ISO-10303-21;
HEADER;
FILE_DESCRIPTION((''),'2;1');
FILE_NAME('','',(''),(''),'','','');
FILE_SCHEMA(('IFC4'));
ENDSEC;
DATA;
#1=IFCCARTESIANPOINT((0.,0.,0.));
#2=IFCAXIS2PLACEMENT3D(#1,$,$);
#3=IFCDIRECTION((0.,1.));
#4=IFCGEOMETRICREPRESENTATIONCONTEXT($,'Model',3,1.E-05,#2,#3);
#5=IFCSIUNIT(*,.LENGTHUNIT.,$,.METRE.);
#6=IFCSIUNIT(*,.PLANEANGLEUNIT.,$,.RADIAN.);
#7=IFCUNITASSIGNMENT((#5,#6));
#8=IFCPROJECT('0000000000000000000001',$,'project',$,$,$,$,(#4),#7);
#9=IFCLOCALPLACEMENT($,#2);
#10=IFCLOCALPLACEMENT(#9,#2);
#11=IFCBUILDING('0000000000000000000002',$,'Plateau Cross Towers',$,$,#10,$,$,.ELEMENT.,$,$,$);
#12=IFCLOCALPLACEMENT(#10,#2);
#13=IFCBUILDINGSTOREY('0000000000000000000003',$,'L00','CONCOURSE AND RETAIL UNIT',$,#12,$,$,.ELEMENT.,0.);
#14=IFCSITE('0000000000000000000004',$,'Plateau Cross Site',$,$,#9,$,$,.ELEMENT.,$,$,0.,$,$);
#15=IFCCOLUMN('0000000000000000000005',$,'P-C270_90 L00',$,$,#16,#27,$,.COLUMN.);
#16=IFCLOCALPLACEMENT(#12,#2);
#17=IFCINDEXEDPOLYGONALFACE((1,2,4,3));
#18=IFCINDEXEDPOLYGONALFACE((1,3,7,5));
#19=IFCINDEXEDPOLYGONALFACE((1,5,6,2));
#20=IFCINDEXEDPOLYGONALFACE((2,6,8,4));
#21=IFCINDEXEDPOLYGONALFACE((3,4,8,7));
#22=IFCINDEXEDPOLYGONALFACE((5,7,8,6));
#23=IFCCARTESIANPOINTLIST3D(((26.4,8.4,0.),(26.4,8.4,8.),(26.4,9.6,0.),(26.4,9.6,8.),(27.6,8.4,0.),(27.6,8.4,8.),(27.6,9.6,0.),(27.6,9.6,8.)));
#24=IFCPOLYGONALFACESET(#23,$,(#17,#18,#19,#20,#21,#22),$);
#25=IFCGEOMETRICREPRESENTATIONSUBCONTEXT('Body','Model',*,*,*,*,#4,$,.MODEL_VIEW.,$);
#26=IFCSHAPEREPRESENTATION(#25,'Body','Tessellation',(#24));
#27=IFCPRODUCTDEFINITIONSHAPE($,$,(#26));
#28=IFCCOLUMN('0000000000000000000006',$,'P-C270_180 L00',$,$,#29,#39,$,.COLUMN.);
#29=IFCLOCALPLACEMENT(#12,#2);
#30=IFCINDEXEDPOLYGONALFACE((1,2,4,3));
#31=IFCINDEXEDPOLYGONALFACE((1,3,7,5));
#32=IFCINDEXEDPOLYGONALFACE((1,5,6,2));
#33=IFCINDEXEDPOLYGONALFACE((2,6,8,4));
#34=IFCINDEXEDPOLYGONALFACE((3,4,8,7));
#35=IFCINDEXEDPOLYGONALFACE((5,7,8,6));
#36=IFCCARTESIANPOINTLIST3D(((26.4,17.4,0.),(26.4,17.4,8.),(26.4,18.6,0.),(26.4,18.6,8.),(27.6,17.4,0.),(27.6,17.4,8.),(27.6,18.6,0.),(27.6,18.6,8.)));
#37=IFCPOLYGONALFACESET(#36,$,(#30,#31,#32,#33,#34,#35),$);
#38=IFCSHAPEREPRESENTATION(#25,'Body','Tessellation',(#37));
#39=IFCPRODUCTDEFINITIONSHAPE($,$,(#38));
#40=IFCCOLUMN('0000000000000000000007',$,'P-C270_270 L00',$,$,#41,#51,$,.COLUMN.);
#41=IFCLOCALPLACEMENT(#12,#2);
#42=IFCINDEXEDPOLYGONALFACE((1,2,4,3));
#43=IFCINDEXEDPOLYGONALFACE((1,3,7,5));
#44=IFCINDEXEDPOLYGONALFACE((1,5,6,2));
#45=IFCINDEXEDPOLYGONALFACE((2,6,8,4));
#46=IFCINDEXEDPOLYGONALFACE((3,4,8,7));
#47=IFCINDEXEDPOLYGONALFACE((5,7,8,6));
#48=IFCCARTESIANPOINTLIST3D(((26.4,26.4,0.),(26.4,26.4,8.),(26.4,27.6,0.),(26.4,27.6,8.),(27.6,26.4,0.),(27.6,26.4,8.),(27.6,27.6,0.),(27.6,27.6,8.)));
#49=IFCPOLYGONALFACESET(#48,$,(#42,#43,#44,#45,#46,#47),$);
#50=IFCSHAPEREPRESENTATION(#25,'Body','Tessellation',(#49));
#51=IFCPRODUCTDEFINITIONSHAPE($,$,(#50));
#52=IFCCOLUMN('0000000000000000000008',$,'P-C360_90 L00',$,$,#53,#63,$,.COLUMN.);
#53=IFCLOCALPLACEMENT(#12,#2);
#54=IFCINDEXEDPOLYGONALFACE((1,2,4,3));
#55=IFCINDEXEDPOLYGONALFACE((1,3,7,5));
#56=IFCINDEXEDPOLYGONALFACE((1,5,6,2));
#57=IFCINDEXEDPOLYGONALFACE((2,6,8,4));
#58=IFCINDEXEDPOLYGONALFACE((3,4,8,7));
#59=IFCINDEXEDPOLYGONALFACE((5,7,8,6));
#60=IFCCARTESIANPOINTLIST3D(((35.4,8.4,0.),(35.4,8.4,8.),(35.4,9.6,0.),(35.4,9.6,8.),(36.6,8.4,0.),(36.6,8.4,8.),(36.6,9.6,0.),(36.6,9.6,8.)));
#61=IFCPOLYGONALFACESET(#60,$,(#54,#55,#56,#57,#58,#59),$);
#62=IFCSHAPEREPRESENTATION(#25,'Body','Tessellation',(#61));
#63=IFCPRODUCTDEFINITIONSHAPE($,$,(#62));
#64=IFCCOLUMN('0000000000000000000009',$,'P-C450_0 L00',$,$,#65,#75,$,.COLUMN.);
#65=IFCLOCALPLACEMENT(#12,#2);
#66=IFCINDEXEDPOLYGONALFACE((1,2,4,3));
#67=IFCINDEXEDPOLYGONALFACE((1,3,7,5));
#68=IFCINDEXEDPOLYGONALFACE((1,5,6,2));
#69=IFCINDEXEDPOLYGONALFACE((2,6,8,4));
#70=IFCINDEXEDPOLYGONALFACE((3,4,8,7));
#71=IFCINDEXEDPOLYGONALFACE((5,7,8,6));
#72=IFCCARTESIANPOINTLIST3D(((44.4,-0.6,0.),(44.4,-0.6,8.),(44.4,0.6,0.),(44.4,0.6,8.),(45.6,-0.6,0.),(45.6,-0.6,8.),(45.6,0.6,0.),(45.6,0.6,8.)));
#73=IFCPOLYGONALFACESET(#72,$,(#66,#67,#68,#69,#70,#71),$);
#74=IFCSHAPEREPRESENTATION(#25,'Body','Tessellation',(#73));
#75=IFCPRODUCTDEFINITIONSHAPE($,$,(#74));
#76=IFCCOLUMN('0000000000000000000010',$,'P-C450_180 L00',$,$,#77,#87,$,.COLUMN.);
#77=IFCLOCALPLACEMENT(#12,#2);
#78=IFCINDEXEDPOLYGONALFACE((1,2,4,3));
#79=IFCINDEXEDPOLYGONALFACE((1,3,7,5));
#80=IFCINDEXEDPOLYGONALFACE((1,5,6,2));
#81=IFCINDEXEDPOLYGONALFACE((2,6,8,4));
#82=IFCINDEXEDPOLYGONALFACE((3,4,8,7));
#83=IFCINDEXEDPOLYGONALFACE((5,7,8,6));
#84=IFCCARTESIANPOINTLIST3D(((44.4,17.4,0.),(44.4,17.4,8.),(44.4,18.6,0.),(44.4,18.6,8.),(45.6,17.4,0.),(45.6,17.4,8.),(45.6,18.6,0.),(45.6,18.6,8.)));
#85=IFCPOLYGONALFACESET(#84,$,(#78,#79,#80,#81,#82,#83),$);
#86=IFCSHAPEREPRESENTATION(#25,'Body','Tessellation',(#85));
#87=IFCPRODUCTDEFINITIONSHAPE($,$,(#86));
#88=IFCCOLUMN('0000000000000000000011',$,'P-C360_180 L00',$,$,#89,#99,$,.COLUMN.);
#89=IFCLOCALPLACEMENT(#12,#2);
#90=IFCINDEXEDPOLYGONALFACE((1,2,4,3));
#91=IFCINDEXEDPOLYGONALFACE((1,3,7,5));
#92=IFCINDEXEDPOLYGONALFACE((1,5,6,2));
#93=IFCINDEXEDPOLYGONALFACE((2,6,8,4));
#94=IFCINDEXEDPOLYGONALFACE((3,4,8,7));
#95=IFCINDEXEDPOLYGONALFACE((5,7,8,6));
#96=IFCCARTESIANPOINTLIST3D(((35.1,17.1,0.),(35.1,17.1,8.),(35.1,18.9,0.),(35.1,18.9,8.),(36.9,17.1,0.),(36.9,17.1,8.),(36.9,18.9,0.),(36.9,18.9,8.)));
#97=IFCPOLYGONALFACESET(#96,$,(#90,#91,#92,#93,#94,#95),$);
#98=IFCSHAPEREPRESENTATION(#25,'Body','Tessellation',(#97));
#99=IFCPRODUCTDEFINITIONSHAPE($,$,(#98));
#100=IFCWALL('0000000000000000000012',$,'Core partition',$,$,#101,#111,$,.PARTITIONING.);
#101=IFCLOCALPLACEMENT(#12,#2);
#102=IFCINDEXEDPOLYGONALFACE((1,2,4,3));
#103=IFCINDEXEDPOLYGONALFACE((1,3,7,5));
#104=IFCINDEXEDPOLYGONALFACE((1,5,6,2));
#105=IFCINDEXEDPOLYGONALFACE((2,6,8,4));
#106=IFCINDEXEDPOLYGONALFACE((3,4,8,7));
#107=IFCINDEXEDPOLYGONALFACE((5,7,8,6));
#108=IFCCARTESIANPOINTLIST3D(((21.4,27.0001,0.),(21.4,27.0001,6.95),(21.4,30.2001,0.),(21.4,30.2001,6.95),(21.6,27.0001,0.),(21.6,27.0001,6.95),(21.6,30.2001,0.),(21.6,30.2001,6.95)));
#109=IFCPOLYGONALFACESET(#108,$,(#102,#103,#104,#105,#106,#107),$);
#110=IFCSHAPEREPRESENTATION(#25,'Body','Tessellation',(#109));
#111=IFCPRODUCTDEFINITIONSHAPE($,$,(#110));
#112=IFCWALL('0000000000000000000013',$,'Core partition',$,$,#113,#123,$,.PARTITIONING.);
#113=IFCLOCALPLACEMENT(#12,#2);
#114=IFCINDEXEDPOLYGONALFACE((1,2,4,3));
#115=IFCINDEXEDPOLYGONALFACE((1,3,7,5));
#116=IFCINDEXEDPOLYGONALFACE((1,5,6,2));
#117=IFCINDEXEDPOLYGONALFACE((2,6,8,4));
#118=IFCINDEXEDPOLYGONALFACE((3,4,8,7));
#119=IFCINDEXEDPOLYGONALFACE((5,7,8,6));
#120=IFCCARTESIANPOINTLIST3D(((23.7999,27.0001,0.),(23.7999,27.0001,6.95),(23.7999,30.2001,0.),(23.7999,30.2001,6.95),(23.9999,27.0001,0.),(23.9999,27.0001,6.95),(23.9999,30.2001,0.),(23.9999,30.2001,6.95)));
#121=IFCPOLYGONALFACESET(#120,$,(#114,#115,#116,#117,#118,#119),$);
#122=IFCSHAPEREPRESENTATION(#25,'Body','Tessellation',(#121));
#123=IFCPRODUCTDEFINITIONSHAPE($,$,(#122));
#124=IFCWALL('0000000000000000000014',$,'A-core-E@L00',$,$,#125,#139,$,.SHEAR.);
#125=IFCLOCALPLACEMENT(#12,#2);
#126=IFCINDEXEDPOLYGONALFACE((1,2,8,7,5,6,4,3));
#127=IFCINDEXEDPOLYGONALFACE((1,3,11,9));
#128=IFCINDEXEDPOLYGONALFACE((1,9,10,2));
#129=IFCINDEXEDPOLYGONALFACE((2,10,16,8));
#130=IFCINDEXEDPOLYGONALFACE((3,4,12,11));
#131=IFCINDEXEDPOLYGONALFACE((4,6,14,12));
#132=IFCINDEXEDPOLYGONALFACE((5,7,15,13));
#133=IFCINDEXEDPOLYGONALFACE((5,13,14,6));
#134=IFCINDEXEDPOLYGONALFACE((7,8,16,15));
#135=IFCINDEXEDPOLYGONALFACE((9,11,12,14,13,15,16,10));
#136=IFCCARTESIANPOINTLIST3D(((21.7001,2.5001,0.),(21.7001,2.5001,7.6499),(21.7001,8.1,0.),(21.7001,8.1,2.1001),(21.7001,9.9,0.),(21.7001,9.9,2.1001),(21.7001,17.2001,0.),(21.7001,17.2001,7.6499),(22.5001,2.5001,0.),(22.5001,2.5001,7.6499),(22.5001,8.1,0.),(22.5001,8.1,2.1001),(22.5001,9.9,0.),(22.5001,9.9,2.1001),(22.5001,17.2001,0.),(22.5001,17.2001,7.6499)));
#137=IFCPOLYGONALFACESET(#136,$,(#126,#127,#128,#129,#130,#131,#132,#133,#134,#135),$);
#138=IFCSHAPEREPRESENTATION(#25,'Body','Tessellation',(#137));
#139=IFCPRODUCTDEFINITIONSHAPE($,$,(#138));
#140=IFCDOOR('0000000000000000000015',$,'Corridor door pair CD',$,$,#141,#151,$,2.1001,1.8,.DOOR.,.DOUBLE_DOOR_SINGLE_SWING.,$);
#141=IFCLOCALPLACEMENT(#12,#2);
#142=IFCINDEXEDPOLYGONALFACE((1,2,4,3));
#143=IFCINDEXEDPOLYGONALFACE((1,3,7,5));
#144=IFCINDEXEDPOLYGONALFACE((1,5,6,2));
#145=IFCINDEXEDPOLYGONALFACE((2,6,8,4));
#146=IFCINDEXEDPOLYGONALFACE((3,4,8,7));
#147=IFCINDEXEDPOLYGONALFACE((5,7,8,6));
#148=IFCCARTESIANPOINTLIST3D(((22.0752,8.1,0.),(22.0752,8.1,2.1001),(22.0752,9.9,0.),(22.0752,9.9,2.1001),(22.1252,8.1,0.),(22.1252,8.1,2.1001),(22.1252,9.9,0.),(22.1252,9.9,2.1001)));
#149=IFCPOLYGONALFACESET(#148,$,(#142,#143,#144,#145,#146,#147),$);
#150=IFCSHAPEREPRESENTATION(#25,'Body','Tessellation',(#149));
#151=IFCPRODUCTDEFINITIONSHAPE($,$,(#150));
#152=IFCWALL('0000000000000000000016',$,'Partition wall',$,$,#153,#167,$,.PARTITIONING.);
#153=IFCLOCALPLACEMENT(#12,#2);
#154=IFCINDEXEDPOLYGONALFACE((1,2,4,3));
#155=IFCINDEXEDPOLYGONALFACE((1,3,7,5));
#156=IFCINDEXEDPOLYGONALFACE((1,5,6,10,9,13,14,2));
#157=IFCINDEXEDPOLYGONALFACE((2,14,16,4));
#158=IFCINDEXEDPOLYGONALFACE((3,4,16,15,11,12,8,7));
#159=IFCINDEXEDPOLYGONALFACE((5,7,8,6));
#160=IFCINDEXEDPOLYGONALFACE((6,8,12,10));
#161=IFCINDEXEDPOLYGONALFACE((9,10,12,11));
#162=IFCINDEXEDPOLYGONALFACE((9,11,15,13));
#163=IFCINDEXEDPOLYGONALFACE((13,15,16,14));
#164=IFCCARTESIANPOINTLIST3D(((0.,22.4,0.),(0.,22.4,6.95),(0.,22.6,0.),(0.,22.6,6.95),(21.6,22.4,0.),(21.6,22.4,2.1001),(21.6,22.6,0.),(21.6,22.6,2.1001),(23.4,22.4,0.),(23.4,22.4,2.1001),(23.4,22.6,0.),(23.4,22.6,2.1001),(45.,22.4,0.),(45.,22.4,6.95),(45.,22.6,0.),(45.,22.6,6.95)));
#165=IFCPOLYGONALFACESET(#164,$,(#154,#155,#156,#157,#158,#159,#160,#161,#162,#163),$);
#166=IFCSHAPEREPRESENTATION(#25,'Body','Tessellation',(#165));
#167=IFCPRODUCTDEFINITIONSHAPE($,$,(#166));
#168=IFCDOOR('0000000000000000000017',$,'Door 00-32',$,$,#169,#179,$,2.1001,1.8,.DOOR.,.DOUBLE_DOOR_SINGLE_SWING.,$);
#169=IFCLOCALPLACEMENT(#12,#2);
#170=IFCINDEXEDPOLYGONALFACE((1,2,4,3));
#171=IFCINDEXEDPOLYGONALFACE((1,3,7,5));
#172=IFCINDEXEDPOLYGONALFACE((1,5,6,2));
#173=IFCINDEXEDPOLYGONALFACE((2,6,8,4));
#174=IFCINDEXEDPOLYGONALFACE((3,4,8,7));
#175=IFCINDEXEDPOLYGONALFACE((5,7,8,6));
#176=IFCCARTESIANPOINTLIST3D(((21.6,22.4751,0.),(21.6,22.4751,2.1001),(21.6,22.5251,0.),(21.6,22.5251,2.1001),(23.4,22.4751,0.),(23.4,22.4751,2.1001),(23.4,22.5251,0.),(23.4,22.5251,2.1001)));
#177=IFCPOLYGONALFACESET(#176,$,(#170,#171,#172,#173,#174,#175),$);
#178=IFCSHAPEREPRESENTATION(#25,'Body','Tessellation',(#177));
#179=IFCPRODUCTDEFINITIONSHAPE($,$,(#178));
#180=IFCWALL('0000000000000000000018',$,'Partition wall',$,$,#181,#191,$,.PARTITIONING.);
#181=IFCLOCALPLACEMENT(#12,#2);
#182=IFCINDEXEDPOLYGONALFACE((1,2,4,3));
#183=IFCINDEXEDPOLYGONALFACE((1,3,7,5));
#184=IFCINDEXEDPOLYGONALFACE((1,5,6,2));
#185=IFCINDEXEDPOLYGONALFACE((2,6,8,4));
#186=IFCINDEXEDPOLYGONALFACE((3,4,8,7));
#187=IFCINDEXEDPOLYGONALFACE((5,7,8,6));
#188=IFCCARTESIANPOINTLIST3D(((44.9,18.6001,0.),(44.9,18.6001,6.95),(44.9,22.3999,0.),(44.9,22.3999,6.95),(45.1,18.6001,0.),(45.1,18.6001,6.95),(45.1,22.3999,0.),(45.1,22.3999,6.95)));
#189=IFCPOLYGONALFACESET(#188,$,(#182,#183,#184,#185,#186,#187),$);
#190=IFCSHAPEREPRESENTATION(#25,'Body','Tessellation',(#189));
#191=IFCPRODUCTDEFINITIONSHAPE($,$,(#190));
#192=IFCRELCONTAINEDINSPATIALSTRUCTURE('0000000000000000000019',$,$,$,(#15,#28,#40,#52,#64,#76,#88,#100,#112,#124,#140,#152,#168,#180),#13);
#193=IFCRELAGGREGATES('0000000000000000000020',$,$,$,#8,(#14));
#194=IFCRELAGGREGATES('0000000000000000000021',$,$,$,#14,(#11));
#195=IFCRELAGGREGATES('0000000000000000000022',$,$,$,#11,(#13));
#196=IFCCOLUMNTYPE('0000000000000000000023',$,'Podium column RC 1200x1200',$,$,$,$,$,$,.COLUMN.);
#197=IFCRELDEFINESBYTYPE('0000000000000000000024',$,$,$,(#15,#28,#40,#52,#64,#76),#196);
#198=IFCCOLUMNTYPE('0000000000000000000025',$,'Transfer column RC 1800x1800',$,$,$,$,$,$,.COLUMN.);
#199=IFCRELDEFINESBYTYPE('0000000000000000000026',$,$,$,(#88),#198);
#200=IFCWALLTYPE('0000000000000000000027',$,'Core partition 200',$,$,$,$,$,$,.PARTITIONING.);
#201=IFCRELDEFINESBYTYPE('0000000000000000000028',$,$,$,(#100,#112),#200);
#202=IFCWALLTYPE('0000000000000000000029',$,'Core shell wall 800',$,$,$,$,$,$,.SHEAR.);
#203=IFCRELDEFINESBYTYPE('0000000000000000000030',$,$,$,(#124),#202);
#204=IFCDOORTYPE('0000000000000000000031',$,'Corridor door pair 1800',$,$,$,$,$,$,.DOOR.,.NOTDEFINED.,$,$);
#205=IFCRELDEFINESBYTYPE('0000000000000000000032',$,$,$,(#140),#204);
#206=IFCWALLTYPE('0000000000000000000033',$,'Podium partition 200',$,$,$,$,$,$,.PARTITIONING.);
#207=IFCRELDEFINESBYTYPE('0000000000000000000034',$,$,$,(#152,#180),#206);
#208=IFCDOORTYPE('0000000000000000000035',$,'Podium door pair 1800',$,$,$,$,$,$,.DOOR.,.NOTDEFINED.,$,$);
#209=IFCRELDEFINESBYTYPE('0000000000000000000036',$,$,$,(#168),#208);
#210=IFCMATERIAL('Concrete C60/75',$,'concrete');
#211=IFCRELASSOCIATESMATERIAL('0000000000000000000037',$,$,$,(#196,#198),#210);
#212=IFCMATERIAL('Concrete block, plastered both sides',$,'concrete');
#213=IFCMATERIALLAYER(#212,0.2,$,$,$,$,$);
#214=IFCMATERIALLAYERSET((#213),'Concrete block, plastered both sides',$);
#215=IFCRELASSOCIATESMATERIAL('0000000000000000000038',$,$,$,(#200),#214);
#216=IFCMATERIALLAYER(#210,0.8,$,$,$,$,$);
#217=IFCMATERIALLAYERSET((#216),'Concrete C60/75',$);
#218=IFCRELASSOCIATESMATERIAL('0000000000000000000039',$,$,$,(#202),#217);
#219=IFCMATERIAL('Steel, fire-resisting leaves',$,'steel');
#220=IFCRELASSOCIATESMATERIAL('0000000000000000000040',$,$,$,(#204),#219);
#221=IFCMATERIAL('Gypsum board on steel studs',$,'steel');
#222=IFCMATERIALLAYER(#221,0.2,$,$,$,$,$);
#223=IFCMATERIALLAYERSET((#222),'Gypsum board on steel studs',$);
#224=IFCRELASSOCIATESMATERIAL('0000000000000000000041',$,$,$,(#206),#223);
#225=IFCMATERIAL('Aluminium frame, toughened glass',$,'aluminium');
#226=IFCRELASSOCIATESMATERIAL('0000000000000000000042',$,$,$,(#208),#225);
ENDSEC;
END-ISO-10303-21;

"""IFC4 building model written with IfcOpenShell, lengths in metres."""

from ifc_helpers import new_model, si_unit, direction, frame, frame_2d, origin, origin_2d, place, context, subcontext, project, spatial, rectangle, extrude, material, layer, layer_set, material_profile, profile_set, type_object, element, fill, save


model = new_model("IFC4")

# Units and contexts
model_context = context("Model", 3, precision=1e-05, world=origin(), true_north=direction((0.0, 1.0)))
body_context = subcontext(model_context, "Body", "Model", "MODEL_VIEW")
ifc_project = project(units=[si_unit("LENGTHUNIT", "METRE"), si_unit("PLANEANGLEUNIT", "RADIAN")], contexts=[model_context])

# Site, building, storey
site_placement = place(None, origin())
site = spatial("IfcSite", under=ifc_project, at=site_placement, Name="Plateau Cross Site", CompositionType="ELEMENT", RefElevation=0.0)
building_placement = place(site_placement, origin())
building = spatial("IfcBuilding", under=site, at=building_placement, Name="Plateau Cross Towers", CompositionType="ELEMENT")
storey_placement = place(building_placement, origin())
storey = spatial("IfcBuildingStorey", under=building, at=storey_placement, Name="L00", Description="CONCOURSE AND RETAIL UNIT", CompositionType="ELEMENT", Elevation=0.0)

# Columns
ifc_material_1 = material(Name="Concrete C60/75", Category="concrete")
ifc_material_profile_1 = material_profile(ifc_material_1, rectangle(XDim=1.2, YDim=1.2, at=origin_2d()), Name="RC 1200x1200")
ifc_profile_set_1 = profile_set([ifc_material_profile_1], Name="Concrete C60/75")
column_type_1 = type_object("IfcColumnType", Name="Podium column RC 1200x1200", PredefinedType="COLUMN", material=ifc_profile_set_1)
for number, where, z_axis, x_axis, name in (
    (1, (27.0, 9.0, 0.0), (0.0, 0.0, 1.0), (1.0, 0.0, 0.0), "P-C270_90 L00"),
    (2, (27.0, 18.0, 0.0), (0.0, 0.0, 1.0), (1.0, 0.0, 0.0), "P-C270_180 L00"),
    (3, (27.0, 27.0, 0.0), (0.0, 0.0, 1.0), (1.0, 0.0, 0.0), "P-C270_270 L00"),
    (4, (36.0, 9.0, 0.0), (0.0, 0.0, 1.0), (1.0, 0.0, 0.0), "P-C360_90 L00"),
    (5, (45.0, 0.0, 0.0), (0.0, 0.0, 1.0), (1.0, 0.0, 0.0), "P-C450_0 L00"),
    (6, (45.0, 18.0, 0.0), (0.0, 0.0, 1.0), (1.0, 0.0, 0.0), "P-C450_180 L00"),
):
    element("IfcColumn", number, at=place(storey_placement, frame(where, z_axis=z_axis, x_axis=x_axis)), inside=storey, type_object=column_type_1, Name=name, PredefinedType="COLUMN", context=body_context, shape_type="SweptSolid", body=[
        extrude(rectangle(XDim=1.2, YDim=1.2, at=origin_2d()), origin(), (0.0, 0.0, 1.0), 8.0),
    ])
ifc_material_profile_2 = material_profile(ifc_material_1, rectangle(XDim=1.8, YDim=1.8, at=origin_2d()), Name="RC 1800x1800")
ifc_profile_set_2 = profile_set([ifc_material_profile_2], Name="Concrete C60/75")
column_type_2 = type_object("IfcColumnType", Name="Transfer column RC 1800x1800", PredefinedType="COLUMN", material=ifc_profile_set_2)
column_placement = place(storey_placement, frame((36.0, 18.0, 0.0), z_axis=(0.0, 0.0, 1.0), x_axis=(1.0, 0.0, 0.0)))
element("IfcColumn", 7, at=column_placement, inside=storey, type_object=column_type_2, Name="P-C360_180 L00", PredefinedType="COLUMN", context=body_context, shape_type="SweptSolid", body=[
    extrude(rectangle(XDim=1.8, YDim=1.8, at=origin_2d()), origin(), (0.0, 0.0, 1.0), 8.0),
])

# Walls
ifc_material_2 = material(Name="Concrete block, plastered both sides", Category="concrete")
ifc_layer_1 = layer(ifc_material_2, 0.2)
ifc_layer_set_1 = layer_set([ifc_layer_1], Name="Concrete block, plastered both sides")
wall_type_1 = type_object("IfcWallType", Name="Core partition 200", PredefinedType="PARTITIONING", material=ifc_layer_set_1)
for number, where, z_axis, x_axis, name in (
    (8, (21.5, 27.0, 0.0), (0.0, 0.0, 1.0), (0.0, 1.0, 0.0), "Core partition"),
    (9, (23.8999, 27.0, 0.0), (0.0, 0.0, 1.0), (0.0, 1.0, 0.0), "Core partition"),
):
    element("IfcWall", number, at=place(storey_placement, frame(where, z_axis=z_axis, x_axis=x_axis)), inside=storey, type_object=wall_type_1, Name=name, PredefinedType="PARTITIONING", context=body_context, shape_type="SweptSolid", body=[
        extrude(rectangle(XDim=3.2, YDim=0.2, at=frame_2d((1.6001, 0.0))), origin(), (0.0, 0.0, 1.0), 6.95),
    ])

# Walls, openings, doors
ifc_layer_2 = layer(ifc_material_1, 0.8)
ifc_layer_set_2 = layer_set([ifc_layer_2], Name="Concrete C60/75")
wall_type_2 = type_object("IfcWallType", Name="Core shell wall 800", PredefinedType="SHEAR", material=ifc_layer_set_2)
wall_1_placement = place(storey_placement, frame((22.1001, 2.5, 0.0), z_axis=(0.0, 0.0, 1.0), x_axis=(0.0, 1.0, 0.0)))
wall_1 = element("IfcWall", 10, at=wall_1_placement, inside=storey, type_object=wall_type_2, Name="A-core-E@L00", PredefinedType="SHEAR", context=body_context, shape_type="SweptSolid", body=[
    extrude(rectangle(XDim=14.7, YDim=0.8, at=frame_2d((7.3501, 0.0))), origin(), (0.0, 0.0, 1.0), 7.6499),
])
opening_1_placement = place(wall_1_placement, frame((5.6001, 0.0, 0.0)))
opening_1 = element("IfcOpeningElement", 11, at=opening_1_placement, cuts=wall_1, PredefinedType="OPENING", context=body_context, shape_type="SweptSolid", body=[
    extrude(rectangle(XDim=1.8, YDim=2.1001, at=frame_2d((0.8999, 1.05))), frame((0.0, 0.4099, 0.0), z_axis=(0.0, -1.0, 0.0), x_axis=(1.0, 0.0, 0.0)), (0.0, 0.0, 1.0), 0.8201),
])
ifc_material_3 = material(Name="Steel, fire-resisting leaves", Category="steel")
door_type_1 = type_object("IfcDoorType", Name="Corridor door pair 1800", OperationType="NOTDEFINED", PredefinedType="DOOR", material=ifc_material_3)
door_1_placement = place(opening_1_placement, origin())
door_1 = element("IfcDoor", 12, at=door_1_placement, inside=storey, type_object=door_type_1, Name="Corridor door pair CD", OperationType="DOUBLE_DOOR_SINGLE_SWING", OverallHeight=2.1001, OverallWidth=1.8, PredefinedType="DOOR", context=body_context, shape_type="SweptSolid", body=[
    extrude(rectangle(XDim=1.8, YDim=2.1001, at=frame_2d((0.8999, 1.05))), frame((0.0, 0.0249, 0.0), z_axis=(0.0, -1.0, 0.0), x_axis=(1.0, 0.0, 0.0)), (0.0, 0.0, 1.0), 0.05),
])
fill(opening_1, door_1)
ifc_material_4 = material(Name="Gypsum board on steel studs", Category="steel")
ifc_layer_3 = layer(ifc_material_4, 0.2)
ifc_layer_set_3 = layer_set([ifc_layer_3], Name="Gypsum board on steel studs")
wall_type_3 = type_object("IfcWallType", Name="Podium partition 200", PredefinedType="PARTITIONING", material=ifc_layer_set_3)
wall_2_placement = place(storey_placement, frame((45.0, 22.5, 0.0), z_axis=(0.0, 0.0, 1.0), x_axis=(-1.0, 0.0, 0.0)))
wall_2 = element("IfcWall", 13, at=wall_2_placement, inside=storey, type_object=wall_type_3, Name="Partition wall", PredefinedType="PARTITIONING", context=body_context, shape_type="SweptSolid", body=[
    extrude(rectangle(XDim=45.0, YDim=0.2, at=frame_2d((22.5, 0.0))), origin(), (0.0, 0.0, 1.0), 6.95),
])
opening_2_placement = place(wall_2_placement, frame((21.6001, 0.0, 0.0)))
opening_2 = element("IfcOpeningElement", 14, at=opening_2_placement, cuts=wall_2, PredefinedType="OPENING", context=body_context, shape_type="SweptSolid", body=[
    extrude(rectangle(XDim=1.8, YDim=2.1001, at=frame_2d((0.8999, 1.05))), frame((0.0, 0.1099, 0.0), z_axis=(0.0, -1.0, 0.0), x_axis=(1.0, 0.0, 0.0)), (0.0, 0.0, 1.0), 0.22),
])
ifc_material_5 = material(Name="Aluminium frame, toughened glass", Category="aluminium")
door_type_2 = type_object("IfcDoorType", Name="Podium door pair 1800", OperationType="NOTDEFINED", PredefinedType="DOOR", material=ifc_material_5)
door_2_placement = place(opening_2_placement, origin())
door_2 = element("IfcDoor", 15, at=door_2_placement, inside=storey, type_object=door_type_2, Name="Door 00-32", OperationType="DOUBLE_DOOR_SINGLE_SWING", OverallHeight=2.1001, OverallWidth=1.8, PredefinedType="DOOR", context=body_context, shape_type="SweptSolid", body=[
    extrude(rectangle(XDim=1.8, YDim=2.1001, at=frame_2d((0.8999, 1.05))), frame((0.0, 0.0249, 0.0), z_axis=(0.0, -1.0, 0.0), x_axis=(1.0, 0.0, 0.0)), (0.0, 0.0, 1.0), 0.05),
])
fill(opening_2, door_2)

# Wall
wall_3_placement = place(storey_placement, frame((45.0, 22.3999, 0.0), z_axis=(0.0, 0.0, 1.0), x_axis=(0.0, -1.0, 0.0)))
element("IfcWall", 16, at=wall_3_placement, inside=storey, type_object=wall_type_3, Name="Partition wall", PredefinedType="PARTITIONING", context=body_context, shape_type="SweptSolid", body=[
    extrude(rectangle(XDim=3.7998, YDim=0.2, at=frame_2d((1.8999, 0.0))), origin(), (0.0, 0.0, 1.0), 6.95),
])

save(model, "model.ifc")
